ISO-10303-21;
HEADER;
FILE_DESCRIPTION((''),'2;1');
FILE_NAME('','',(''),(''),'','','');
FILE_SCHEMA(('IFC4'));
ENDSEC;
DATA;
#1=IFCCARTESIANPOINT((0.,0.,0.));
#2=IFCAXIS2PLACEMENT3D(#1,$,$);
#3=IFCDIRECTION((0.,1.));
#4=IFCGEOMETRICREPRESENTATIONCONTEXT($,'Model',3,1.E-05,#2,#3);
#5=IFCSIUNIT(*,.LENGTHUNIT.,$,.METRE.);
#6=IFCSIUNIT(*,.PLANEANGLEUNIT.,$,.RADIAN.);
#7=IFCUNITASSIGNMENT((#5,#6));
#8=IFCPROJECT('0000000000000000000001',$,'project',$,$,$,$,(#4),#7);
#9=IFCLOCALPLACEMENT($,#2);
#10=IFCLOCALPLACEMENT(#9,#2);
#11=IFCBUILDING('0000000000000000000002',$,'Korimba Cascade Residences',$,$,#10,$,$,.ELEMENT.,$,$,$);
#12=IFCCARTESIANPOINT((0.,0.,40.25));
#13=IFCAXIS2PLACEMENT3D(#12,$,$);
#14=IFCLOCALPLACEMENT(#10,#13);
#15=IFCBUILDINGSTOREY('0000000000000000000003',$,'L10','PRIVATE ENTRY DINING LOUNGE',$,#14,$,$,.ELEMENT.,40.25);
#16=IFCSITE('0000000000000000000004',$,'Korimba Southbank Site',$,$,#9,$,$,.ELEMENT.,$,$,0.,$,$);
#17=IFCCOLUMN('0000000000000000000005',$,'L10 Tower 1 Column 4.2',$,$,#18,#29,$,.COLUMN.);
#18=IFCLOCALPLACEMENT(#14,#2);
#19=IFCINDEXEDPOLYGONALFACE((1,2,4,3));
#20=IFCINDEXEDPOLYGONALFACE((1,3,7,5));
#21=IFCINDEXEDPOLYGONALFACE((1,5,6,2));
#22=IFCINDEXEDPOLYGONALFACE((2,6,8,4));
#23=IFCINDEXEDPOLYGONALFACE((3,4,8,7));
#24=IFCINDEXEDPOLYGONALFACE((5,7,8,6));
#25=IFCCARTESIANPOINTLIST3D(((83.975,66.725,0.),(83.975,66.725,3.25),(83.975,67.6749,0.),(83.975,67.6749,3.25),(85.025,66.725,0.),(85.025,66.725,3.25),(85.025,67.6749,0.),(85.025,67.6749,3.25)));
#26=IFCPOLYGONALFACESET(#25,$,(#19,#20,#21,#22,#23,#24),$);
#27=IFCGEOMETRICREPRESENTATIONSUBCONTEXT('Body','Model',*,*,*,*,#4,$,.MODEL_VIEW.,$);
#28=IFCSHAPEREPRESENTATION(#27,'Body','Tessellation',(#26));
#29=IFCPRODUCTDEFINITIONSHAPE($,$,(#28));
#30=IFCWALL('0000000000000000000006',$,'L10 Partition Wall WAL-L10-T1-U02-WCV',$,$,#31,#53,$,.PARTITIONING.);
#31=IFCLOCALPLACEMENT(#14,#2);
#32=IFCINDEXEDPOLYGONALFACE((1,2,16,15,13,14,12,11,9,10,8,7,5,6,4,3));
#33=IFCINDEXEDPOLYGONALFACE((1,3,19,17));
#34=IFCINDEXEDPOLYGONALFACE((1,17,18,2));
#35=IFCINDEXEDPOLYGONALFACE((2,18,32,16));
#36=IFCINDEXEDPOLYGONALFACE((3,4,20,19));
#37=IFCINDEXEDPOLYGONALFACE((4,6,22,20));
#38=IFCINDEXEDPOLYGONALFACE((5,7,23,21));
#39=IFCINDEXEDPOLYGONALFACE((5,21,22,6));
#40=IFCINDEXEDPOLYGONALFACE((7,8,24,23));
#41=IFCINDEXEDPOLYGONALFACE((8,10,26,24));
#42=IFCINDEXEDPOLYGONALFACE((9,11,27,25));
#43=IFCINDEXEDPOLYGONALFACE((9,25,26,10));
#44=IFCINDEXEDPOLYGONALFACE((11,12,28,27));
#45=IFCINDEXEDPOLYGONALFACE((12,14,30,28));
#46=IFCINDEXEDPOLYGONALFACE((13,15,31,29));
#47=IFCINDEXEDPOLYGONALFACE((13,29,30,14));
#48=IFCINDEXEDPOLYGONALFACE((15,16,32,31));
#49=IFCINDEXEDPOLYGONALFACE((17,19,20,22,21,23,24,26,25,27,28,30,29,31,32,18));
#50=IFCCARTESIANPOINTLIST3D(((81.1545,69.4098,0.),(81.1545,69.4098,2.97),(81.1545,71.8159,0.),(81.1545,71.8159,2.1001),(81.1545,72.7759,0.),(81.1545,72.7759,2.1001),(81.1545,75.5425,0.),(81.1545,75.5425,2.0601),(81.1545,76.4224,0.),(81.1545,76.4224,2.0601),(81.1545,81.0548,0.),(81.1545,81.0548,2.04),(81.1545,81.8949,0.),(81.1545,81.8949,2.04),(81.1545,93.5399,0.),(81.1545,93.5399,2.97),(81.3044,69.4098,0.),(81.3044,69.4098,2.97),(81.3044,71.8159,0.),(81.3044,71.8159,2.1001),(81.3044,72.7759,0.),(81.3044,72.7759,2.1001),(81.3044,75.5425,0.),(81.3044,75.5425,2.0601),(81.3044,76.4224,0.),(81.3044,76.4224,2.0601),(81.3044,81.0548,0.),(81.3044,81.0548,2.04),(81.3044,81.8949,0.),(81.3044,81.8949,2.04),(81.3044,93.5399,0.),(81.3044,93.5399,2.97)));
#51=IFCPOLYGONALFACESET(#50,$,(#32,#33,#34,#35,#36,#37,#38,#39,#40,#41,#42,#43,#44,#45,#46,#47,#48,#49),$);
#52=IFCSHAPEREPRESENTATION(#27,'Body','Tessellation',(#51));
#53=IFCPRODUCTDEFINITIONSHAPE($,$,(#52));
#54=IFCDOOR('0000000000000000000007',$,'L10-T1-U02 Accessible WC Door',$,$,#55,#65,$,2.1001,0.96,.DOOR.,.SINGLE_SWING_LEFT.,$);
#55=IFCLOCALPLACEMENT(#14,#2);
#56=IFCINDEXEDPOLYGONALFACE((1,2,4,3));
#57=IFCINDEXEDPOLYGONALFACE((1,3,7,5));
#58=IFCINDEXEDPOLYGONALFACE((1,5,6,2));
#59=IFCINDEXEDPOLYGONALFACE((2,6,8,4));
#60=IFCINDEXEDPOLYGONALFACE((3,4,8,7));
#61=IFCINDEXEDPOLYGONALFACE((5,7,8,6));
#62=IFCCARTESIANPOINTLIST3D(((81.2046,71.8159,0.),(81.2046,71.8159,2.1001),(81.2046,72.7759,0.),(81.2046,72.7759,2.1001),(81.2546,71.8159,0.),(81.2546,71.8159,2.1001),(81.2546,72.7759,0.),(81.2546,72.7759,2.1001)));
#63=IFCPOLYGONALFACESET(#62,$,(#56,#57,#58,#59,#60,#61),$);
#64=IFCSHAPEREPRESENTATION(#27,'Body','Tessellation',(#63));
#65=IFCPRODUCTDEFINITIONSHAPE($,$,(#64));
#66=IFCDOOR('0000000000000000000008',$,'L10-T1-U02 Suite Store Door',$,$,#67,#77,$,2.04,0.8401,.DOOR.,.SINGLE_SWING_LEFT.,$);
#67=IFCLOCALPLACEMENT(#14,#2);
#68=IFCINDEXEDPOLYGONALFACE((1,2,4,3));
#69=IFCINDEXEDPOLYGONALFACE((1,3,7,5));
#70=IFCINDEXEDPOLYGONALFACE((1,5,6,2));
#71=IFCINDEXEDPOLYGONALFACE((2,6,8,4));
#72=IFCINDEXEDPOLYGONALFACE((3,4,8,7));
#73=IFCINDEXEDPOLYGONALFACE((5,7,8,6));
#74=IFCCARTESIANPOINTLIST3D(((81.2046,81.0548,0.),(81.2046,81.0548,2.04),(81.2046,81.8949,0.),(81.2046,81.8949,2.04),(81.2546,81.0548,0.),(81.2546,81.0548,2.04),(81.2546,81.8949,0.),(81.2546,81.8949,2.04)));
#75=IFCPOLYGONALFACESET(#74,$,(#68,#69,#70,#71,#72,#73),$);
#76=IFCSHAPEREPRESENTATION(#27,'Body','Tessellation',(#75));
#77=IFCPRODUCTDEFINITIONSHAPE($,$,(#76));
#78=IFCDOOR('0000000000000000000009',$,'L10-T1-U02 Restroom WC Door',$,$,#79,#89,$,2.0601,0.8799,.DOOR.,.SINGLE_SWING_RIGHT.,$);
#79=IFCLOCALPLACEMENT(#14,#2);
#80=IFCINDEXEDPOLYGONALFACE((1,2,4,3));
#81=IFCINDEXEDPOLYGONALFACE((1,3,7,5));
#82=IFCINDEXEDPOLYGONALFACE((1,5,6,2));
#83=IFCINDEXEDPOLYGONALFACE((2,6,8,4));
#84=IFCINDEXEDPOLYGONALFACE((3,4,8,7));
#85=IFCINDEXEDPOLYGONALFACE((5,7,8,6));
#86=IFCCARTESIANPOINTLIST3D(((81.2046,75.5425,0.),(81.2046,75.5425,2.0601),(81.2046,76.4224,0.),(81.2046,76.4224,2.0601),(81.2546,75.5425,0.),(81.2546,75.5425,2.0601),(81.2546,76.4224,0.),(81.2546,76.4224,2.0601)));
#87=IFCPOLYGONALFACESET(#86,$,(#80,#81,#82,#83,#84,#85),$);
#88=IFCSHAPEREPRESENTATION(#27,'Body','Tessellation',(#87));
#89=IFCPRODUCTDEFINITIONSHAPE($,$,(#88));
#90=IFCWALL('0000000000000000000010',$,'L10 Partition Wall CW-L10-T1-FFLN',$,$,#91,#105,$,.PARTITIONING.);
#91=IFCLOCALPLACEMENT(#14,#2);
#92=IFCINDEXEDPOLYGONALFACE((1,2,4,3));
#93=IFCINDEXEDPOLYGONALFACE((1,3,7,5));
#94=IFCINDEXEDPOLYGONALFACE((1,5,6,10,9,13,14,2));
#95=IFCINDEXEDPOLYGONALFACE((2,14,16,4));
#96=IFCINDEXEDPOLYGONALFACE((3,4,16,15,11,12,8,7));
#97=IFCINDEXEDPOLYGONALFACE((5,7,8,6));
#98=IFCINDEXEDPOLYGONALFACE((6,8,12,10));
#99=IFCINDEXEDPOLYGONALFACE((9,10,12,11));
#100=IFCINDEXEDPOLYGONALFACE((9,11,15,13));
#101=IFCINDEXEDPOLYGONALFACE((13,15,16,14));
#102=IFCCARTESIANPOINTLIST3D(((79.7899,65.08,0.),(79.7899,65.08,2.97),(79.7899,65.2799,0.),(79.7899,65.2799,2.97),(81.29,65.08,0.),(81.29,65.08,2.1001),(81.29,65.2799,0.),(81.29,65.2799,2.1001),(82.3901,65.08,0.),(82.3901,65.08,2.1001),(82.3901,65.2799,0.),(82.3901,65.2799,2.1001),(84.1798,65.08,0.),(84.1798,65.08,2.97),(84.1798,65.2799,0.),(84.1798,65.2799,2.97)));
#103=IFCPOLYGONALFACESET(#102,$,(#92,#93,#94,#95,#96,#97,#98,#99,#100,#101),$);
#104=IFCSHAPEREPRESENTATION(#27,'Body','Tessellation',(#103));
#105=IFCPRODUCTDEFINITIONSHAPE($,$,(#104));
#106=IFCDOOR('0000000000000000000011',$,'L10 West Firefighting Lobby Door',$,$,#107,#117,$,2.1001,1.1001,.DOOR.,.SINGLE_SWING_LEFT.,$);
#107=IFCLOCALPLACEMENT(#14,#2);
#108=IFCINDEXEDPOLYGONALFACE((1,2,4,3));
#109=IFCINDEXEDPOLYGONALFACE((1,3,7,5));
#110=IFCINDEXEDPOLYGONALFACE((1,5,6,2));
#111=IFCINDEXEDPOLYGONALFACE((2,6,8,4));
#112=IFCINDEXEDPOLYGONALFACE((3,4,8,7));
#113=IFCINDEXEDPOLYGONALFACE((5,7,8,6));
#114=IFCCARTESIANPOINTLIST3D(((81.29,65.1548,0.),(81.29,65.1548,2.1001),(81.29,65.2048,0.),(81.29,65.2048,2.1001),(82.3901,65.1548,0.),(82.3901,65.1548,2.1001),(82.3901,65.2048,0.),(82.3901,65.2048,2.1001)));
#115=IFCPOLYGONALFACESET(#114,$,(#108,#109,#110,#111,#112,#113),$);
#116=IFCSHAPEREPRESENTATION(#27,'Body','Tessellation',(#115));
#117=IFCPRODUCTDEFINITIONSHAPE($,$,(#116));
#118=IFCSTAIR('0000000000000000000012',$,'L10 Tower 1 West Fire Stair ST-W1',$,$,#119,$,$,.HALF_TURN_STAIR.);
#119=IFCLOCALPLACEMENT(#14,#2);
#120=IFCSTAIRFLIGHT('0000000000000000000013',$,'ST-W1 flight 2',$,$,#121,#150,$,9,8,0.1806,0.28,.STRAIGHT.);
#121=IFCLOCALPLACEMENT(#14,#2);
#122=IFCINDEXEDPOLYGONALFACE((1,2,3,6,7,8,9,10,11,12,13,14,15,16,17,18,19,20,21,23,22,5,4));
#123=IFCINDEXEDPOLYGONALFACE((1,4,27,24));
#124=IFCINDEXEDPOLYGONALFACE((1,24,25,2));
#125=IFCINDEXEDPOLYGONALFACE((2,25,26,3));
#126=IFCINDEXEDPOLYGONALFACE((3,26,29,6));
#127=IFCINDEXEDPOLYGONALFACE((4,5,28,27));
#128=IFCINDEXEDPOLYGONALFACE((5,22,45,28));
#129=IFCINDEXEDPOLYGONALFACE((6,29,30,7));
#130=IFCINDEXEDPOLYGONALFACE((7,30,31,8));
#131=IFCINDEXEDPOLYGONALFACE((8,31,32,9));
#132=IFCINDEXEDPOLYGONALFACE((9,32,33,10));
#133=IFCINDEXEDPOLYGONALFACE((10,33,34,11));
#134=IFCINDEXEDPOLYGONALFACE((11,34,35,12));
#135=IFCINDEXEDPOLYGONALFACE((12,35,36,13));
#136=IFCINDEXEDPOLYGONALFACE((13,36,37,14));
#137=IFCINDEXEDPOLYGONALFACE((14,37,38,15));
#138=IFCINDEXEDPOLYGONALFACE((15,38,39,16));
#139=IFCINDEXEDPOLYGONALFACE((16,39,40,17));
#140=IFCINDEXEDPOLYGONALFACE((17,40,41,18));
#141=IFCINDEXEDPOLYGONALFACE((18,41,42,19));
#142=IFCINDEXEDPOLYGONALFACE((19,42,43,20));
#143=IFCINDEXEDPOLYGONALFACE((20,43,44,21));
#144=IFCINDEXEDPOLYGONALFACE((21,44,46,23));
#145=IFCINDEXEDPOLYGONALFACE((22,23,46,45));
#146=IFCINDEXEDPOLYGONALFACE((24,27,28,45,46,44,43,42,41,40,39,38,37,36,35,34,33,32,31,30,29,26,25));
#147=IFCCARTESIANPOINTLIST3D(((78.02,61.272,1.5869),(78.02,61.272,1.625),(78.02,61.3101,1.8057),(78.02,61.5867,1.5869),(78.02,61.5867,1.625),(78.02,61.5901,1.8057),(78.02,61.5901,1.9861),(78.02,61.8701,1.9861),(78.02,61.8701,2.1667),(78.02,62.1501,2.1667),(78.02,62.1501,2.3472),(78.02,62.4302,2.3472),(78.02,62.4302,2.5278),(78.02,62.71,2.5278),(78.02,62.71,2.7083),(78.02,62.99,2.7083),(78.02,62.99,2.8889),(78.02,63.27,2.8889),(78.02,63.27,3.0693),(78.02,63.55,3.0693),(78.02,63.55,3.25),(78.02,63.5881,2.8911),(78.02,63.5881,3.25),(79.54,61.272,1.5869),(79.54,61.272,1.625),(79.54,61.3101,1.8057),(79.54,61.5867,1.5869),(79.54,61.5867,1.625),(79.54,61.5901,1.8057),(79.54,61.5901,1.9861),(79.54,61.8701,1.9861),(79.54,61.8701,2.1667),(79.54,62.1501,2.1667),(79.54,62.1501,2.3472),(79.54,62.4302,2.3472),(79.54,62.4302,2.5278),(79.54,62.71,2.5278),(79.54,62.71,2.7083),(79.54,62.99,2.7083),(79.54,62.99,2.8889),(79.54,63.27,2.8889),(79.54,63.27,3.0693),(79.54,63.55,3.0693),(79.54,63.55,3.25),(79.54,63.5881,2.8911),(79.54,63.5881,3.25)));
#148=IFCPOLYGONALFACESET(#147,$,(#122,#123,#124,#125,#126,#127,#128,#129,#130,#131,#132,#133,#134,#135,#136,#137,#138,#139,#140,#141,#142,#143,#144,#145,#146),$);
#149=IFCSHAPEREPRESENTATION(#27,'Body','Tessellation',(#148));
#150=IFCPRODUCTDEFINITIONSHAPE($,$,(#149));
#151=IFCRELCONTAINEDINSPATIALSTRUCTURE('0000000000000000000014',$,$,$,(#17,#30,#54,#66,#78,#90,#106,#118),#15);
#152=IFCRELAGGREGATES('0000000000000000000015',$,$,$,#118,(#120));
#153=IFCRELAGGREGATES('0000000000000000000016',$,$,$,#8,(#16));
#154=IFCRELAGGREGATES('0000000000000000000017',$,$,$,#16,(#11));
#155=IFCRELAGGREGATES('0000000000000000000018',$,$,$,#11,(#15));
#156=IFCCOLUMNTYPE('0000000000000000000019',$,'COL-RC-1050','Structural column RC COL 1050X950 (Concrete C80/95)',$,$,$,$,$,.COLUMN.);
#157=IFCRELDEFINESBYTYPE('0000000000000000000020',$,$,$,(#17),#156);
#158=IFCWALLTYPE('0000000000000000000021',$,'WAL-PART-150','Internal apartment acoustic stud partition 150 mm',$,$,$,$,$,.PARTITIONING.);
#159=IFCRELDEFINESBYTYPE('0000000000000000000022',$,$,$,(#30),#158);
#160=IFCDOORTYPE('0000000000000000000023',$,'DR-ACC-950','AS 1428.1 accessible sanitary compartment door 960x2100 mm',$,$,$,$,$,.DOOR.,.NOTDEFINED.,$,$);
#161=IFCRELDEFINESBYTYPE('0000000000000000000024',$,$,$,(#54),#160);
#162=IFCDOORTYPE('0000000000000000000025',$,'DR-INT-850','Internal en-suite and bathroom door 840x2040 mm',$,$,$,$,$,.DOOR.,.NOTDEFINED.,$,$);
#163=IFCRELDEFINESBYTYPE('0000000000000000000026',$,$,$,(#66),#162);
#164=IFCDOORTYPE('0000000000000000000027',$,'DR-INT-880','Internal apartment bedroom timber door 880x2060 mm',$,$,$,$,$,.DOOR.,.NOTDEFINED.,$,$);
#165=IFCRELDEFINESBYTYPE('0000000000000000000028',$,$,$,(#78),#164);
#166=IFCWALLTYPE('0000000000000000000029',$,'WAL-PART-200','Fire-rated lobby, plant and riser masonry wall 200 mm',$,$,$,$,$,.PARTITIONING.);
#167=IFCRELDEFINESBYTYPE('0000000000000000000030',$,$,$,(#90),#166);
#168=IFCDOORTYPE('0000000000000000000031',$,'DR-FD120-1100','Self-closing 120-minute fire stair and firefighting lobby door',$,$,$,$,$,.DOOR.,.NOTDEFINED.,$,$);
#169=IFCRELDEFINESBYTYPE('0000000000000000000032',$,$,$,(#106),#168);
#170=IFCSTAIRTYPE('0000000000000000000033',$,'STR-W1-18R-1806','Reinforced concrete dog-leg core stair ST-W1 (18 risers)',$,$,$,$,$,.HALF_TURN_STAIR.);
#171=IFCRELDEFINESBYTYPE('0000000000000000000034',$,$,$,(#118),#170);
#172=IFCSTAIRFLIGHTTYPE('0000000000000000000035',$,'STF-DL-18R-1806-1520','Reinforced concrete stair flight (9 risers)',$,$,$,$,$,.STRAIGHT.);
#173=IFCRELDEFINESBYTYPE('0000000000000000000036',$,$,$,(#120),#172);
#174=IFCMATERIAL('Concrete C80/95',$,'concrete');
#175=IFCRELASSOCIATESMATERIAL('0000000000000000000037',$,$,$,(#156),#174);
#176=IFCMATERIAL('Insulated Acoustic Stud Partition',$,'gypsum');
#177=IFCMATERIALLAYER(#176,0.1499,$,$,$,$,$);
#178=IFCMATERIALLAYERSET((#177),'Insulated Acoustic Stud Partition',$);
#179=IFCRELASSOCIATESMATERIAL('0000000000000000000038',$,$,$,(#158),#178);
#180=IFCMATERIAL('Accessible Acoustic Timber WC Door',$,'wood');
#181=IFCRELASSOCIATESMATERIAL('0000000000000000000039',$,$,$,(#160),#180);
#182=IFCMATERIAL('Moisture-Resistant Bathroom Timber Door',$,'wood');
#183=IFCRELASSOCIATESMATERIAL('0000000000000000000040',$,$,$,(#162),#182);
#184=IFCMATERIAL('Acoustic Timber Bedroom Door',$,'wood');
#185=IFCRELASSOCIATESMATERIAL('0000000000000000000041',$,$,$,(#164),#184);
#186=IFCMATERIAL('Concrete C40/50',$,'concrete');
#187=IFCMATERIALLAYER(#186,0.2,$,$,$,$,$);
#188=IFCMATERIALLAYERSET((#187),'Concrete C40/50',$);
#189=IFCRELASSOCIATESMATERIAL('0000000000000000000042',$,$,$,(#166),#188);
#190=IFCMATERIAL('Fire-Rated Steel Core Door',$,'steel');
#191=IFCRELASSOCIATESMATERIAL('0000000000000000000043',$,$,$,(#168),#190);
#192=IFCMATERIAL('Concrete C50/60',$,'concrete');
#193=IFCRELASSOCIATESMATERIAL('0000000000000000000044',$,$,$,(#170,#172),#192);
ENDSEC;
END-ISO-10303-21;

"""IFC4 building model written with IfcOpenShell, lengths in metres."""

from ifc_helpers import new_model, si_unit, direction, frame, frame_2d, origin, origin_2d, place, context, subcontext, project, spatial, polyline, rectangle, outline, extrude, material, layer, layer_set, material_profile, profile_set, type_object, element, fill, aggregate, save


model = new_model("IFC4")

# Units and contexts
model_context = context("Model", 3, precision=1e-05, world=origin(), true_north=direction((0.0, 1.0)))
body_context = subcontext(model_context, "Body", "Model", "MODEL_VIEW")
ifc_project = project(units=[si_unit("LENGTHUNIT", "METRE"), si_unit("PLANEANGLEUNIT", "RADIAN")], contexts=[model_context])

# Site, building, storey
site_placement = place(None, origin())
site = spatial("IfcSite", under=ifc_project, at=site_placement, Name="Korimba Southbank Site", CompositionType="ELEMENT", RefElevation=0.0)
building_placement = place(site_placement, origin())
building = spatial("IfcBuilding", under=site, at=building_placement, Name="Korimba Cascade Residences", CompositionType="ELEMENT")
storey_placement = place(building_placement, frame((0.0, 0.0, 40.25)))
storey = spatial("IfcBuildingStorey", under=building, at=storey_placement, Name="L10", Description="PRIVATE ENTRY DINING LOUNGE", CompositionType="ELEMENT", Elevation=40.25)

# Column
ifc_material_1 = material(Name="Concrete C80/95", Category="concrete")
ifc_material_profile = material_profile(ifc_material_1, rectangle(XDim=1.05, YDim=0.95, at=origin_2d()), Name="Concrete C80/95")
ifc_profile_set = profile_set([ifc_material_profile], Name="Concrete C80/95")
column_type = type_object("IfcColumnType", Name="COL-RC-1050", Description="Structural column RC COL 1050X950 (Concrete C80/95)", PredefinedType="COLUMN", material=ifc_profile_set)
column_placement = place(storey_placement, frame((84.5, 67.2, 0.0), z_axis=(0.0, 0.0, 1.0), x_axis=(1.0, 0.0, 0.0)))
element("IfcColumn", 1, at=column_placement, inside=storey, type_object=column_type, Name="L10 Tower 1 Column 4.2", PredefinedType="COLUMN", context=body_context, shape_type="SweptSolid", body=[
    extrude(rectangle(XDim=1.05, YDim=0.95, at=origin_2d()), origin(), (0.0, 0.0, 1.0), 3.25),
])

# Wall, openings, doors
ifc_material_2 = material(Name="Insulated Acoustic Stud Partition", Category="gypsum")
ifc_layer_1 = layer(ifc_material_2, 0.1499)
ifc_layer_set_1 = layer_set([ifc_layer_1], Name="Insulated Acoustic Stud Partition")
wall_type_1 = type_object("IfcWallType", Name="WAL-PART-150", Description="Internal apartment acoustic stud partition 150 mm", PredefinedType="PARTITIONING", material=ifc_layer_set_1)
wall_1_placement = place(storey_placement, frame((81.2295, 69.4099, 0.0), z_axis=(0.0, 0.0, 1.0), x_axis=(0.0, 1.0, 0.0)))
wall_1 = element("IfcWall", 2, at=wall_1_placement, inside=storey, type_object=wall_type_1, Name="L10 Partition Wall WAL-L10-T1-U02-WCV", PredefinedType="PARTITIONING", context=body_context, shape_type="SweptSolid", body=[
    extrude(rectangle(XDim=24.1301, YDim=0.1499, at=frame_2d((12.0649, 0.0))), origin(), (0.0, 0.0, 1.0), 2.97),
])
opening_1_placement = place(wall_1_placement, frame((2.406, 0.0, 0.0)))
opening_1 = element("IfcOpeningElement", 3, at=opening_1_placement, cuts=wall_1, PredefinedType="OPENING", context=body_context, shape_type="SweptSolid", body=[
    extrude(rectangle(XDim=0.96, YDim=2.1001, at=frame_2d((0.48, 1.05))), frame((0.0, 0.085, 0.0), z_axis=(0.0, -1.0, 0.0), x_axis=(1.0, 0.0, 0.0)), (0.0, 0.0, 1.0), 0.1699),
])
opening_2_placement = place(wall_1_placement, frame((6.1326, 0.0, 0.0)))
opening_2 = element("IfcOpeningElement", 4, at=opening_2_placement, cuts=wall_1, PredefinedType="OPENING", context=body_context, shape_type="SweptSolid", body=[
    extrude(rectangle(XDim=0.8799, YDim=2.0601, at=frame_2d((0.4399, 1.03))), frame((0.0, 0.085, 0.0), z_axis=(0.0, -1.0, 0.0), x_axis=(1.0, 0.0, 0.0)), (0.0, 0.0, 1.0), 0.1699),
])
opening_3_placement = place(wall_1_placement, frame((11.645, 0.0, 0.0)))
opening_3 = element("IfcOpeningElement", 5, at=opening_3_placement, cuts=wall_1, PredefinedType="OPENING", context=body_context, shape_type="SweptSolid", body=[
    extrude(rectangle(XDim=0.8401, YDim=2.04, at=frame_2d((0.4199, 1.02))), frame((0.0, 0.085, 0.0), z_axis=(0.0, -1.0, 0.0), x_axis=(1.0, 0.0, 0.0)), (0.0, 0.0, 1.0), 0.1699),
])
ifc_material_3 = material(Name="Accessible Acoustic Timber WC Door", Category="wood")
door_type_1 = type_object("IfcDoorType", Name="DR-ACC-950", Description="AS 1428.1 accessible sanitary compartment door 960x2100 mm", OperationType="NOTDEFINED", PredefinedType="DOOR", material=ifc_material_3)
door_1_placement = place(opening_1_placement, origin())
door_1 = element("IfcDoor", 6, at=door_1_placement, inside=storey, type_object=door_type_1, Name="L10-T1-U02 Accessible WC Door", OperationType="SINGLE_SWING_LEFT", OverallHeight=2.1001, OverallWidth=0.96, PredefinedType="DOOR", context=body_context, shape_type="SweptSolid", body=[
    extrude(rectangle(XDim=0.96, YDim=2.1001, at=frame_2d((0.48, 1.05))), frame((0.0, 0.0249, 0.0), z_axis=(0.0, -1.0, 0.0), x_axis=(1.0, 0.0, 0.0)), (0.0, 0.0, 1.0), 0.05),
])
fill(opening_1, door_1)
ifc_material_4 = material(Name="Moisture-Resistant Bathroom Timber Door", Category="wood")
door_type_2 = type_object("IfcDoorType", Name="DR-INT-850", Description="Internal en-suite and bathroom door 840x2040 mm", OperationType="NOTDEFINED", PredefinedType="DOOR", material=ifc_material_4)
door_2_placement = place(opening_3_placement, origin())
door_2 = element("IfcDoor", 7, at=door_2_placement, inside=storey, type_object=door_type_2, Name="L10-T1-U02 Suite Store Door", OperationType="SINGLE_SWING_LEFT", OverallHeight=2.04, OverallWidth=0.8401, PredefinedType="DOOR", context=body_context, shape_type="SweptSolid", body=[
    extrude(rectangle(XDim=0.8401, YDim=2.04, at=frame_2d((0.4199, 1.02))), frame((0.0, 0.0249, 0.0), z_axis=(0.0, -1.0, 0.0), x_axis=(1.0, 0.0, 0.0)), (0.0, 0.0, 1.0), 0.05),
])
fill(opening_3, door_2)
ifc_material_5 = material(Name="Acoustic Timber Bedroom Door", Category="wood")
door_type_3 = type_object("IfcDoorType", Name="DR-INT-880", Description="Internal apartment bedroom timber door 880x2060 mm", OperationType="NOTDEFINED", PredefinedType="DOOR", material=ifc_material_5)
door_3_placement = place(opening_2_placement, origin())
door_3 = element("IfcDoor", 8, at=door_3_placement, inside=storey, type_object=door_type_3, Name="L10-T1-U02 Restroom WC Door", OperationType="SINGLE_SWING_RIGHT", OverallHeight=2.0601, OverallWidth=0.8799, PredefinedType="DOOR", context=body_context, shape_type="SweptSolid", body=[
    extrude(rectangle(XDim=0.8799, YDim=2.0601, at=frame_2d((0.4399, 1.03))), frame((0.0, 0.0249, 0.0), z_axis=(0.0, -1.0, 0.0), x_axis=(1.0, 0.0, 0.0)), (0.0, 0.0, 1.0), 0.05),
])
fill(opening_2, door_3)

# Wall, opening, door
ifc_material_6 = material(Name="Concrete C40/50", Category="concrete")
ifc_layer_2 = layer(ifc_material_6, 0.2)
ifc_layer_set_2 = layer_set([ifc_layer_2], Name="Concrete C40/50")
wall_type_2 = type_object("IfcWallType", Name="WAL-PART-200", Description="Fire-rated lobby, plant and riser masonry wall 200 mm", PredefinedType="PARTITIONING", material=ifc_layer_set_2)
wall_2_placement = place(storey_placement, frame((79.79, 65.1799, 0.0), z_axis=(0.0, 0.0, 1.0), x_axis=(1.0, 0.0, 0.0)))
wall_2 = element("IfcWall", 9, at=wall_2_placement, inside=storey, type_object=wall_type_2, Name="L10 Partition Wall CW-L10-T1-FFLN", PredefinedType="PARTITIONING", context=body_context, shape_type="SweptSolid", body=[
    extrude(rectangle(XDim=4.3899, YDim=0.2, at=frame_2d((2.1948, 0.0))), origin(), (0.0, 0.0, 1.0), 2.97),
])
opening_4_placement = place(wall_2_placement, frame((1.5, 0.0, 0.0)))
opening_4 = element("IfcOpeningElement", 10, at=opening_4_placement, cuts=wall_2, PredefinedType="OPENING", context=body_context, shape_type="SweptSolid", body=[
    extrude(rectangle(XDim=1.1001, YDim=2.1001, at=frame_2d((0.55, 1.05))), frame((0.0, 0.1099, 0.0), z_axis=(0.0, -1.0, 0.0), x_axis=(1.0, 0.0, 0.0)), (0.0, 0.0, 1.0), 0.22),
])
ifc_material_7 = material(Name="Fire-Rated Steel Core Door", Category="steel")
door_type_4 = type_object("IfcDoorType", Name="DR-FD120-1100", Description="Self-closing 120-minute fire stair and firefighting lobby door", OperationType="NOTDEFINED", PredefinedType="DOOR", material=ifc_material_7)
door_4_placement = place(opening_4_placement, origin())
door_4 = element("IfcDoor", 11, at=door_4_placement, inside=storey, type_object=door_type_4, Name="L10 West Firefighting Lobby Door", OperationType="SINGLE_SWING_LEFT", OverallHeight=2.1001, OverallWidth=1.1001, PredefinedType="DOOR", context=body_context, shape_type="SweptSolid", body=[
    extrude(rectangle(XDim=1.1001, YDim=2.1001, at=frame_2d((0.55, 1.05))), frame((0.0, 0.0249, 0.0), z_axis=(0.0, -1.0, 0.0), x_axis=(1.0, 0.0, 0.0)), (0.0, 0.0, 1.0), 0.05),
])
fill(opening_4, door_4)

# Shared definitions
ifc_material_8 = material(Name="Concrete C50/60", Category="concrete")

# Stair, stair flight
stair_type = type_object("IfcStairType", Name="STR-W1-18R-1806", Description="Reinforced concrete dog-leg core stair ST-W1 (18 risers)", PredefinedType="HALF_TURN_STAIR", material=ifc_material_8)
stair_placement = place(storey_placement, origin())
stair = element("IfcStair", 12, at=stair_placement, inside=storey, type_object=stair_type, Name="L10 Tower 1 West Fire Stair ST-W1", PredefinedType="HALF_TURN_STAIR")
stair_flight_type = type_object("IfcStairFlightType", Name="STF-DL-18R-1806-1520", Description="Reinforced concrete stair flight (9 risers)", PredefinedType="STRAIGHT", material=ifc_material_8)
stair_flight_placement = place(storey_placement, frame((78.78, 61.3101, 1.625), z_axis=(0.0, 0.0, 1.0), x_axis=(0.0, 1.0, 0.0)))
stair_flight = element("IfcStairFlight", 13, at=stair_flight_placement, type_object=stair_flight_type, Name="ST-W1 flight 2", NumberOfRisers=9, NumberOfTreads=8, PredefinedType="STRAIGHT", RiserHeight=0.1806, TreadLength=0.28, context=body_context, shape_type="SweptSolid", body=[
    extrude(outline(polyline([(-0.0381, 0.0), (0.0, 0.1807), (0.28, 0.1807), (0.28, 0.3611), (0.5601, 0.3611), (0.5601, 0.5417), (0.8401, 0.5417), (0.8401, 0.7222), (1.1201, 0.7222), (1.1201, 0.9028), (1.3999, 0.9028), (1.3999, 1.0833), (1.6799, 1.0833), (1.6799, 1.2639), (1.96, 1.2639), (1.96, 1.4443), (2.24, 1.4443), (2.24, 1.625), (2.2781, 1.625), (2.2781, 1.2661), (0.2766, 0.0), (0.2766, -0.0381), (-0.0381, -0.0381), (-0.0381, 0.0)])), frame((0.0, 0.76, 0.0), z_axis=(0.0, -1.0, 0.0), x_axis=(1.0, 0.0, 0.0)), (0.0, 0.0, 1.0), 1.52),
])
aggregate(stair, [stair_flight])

save(model, "model.ifc")
